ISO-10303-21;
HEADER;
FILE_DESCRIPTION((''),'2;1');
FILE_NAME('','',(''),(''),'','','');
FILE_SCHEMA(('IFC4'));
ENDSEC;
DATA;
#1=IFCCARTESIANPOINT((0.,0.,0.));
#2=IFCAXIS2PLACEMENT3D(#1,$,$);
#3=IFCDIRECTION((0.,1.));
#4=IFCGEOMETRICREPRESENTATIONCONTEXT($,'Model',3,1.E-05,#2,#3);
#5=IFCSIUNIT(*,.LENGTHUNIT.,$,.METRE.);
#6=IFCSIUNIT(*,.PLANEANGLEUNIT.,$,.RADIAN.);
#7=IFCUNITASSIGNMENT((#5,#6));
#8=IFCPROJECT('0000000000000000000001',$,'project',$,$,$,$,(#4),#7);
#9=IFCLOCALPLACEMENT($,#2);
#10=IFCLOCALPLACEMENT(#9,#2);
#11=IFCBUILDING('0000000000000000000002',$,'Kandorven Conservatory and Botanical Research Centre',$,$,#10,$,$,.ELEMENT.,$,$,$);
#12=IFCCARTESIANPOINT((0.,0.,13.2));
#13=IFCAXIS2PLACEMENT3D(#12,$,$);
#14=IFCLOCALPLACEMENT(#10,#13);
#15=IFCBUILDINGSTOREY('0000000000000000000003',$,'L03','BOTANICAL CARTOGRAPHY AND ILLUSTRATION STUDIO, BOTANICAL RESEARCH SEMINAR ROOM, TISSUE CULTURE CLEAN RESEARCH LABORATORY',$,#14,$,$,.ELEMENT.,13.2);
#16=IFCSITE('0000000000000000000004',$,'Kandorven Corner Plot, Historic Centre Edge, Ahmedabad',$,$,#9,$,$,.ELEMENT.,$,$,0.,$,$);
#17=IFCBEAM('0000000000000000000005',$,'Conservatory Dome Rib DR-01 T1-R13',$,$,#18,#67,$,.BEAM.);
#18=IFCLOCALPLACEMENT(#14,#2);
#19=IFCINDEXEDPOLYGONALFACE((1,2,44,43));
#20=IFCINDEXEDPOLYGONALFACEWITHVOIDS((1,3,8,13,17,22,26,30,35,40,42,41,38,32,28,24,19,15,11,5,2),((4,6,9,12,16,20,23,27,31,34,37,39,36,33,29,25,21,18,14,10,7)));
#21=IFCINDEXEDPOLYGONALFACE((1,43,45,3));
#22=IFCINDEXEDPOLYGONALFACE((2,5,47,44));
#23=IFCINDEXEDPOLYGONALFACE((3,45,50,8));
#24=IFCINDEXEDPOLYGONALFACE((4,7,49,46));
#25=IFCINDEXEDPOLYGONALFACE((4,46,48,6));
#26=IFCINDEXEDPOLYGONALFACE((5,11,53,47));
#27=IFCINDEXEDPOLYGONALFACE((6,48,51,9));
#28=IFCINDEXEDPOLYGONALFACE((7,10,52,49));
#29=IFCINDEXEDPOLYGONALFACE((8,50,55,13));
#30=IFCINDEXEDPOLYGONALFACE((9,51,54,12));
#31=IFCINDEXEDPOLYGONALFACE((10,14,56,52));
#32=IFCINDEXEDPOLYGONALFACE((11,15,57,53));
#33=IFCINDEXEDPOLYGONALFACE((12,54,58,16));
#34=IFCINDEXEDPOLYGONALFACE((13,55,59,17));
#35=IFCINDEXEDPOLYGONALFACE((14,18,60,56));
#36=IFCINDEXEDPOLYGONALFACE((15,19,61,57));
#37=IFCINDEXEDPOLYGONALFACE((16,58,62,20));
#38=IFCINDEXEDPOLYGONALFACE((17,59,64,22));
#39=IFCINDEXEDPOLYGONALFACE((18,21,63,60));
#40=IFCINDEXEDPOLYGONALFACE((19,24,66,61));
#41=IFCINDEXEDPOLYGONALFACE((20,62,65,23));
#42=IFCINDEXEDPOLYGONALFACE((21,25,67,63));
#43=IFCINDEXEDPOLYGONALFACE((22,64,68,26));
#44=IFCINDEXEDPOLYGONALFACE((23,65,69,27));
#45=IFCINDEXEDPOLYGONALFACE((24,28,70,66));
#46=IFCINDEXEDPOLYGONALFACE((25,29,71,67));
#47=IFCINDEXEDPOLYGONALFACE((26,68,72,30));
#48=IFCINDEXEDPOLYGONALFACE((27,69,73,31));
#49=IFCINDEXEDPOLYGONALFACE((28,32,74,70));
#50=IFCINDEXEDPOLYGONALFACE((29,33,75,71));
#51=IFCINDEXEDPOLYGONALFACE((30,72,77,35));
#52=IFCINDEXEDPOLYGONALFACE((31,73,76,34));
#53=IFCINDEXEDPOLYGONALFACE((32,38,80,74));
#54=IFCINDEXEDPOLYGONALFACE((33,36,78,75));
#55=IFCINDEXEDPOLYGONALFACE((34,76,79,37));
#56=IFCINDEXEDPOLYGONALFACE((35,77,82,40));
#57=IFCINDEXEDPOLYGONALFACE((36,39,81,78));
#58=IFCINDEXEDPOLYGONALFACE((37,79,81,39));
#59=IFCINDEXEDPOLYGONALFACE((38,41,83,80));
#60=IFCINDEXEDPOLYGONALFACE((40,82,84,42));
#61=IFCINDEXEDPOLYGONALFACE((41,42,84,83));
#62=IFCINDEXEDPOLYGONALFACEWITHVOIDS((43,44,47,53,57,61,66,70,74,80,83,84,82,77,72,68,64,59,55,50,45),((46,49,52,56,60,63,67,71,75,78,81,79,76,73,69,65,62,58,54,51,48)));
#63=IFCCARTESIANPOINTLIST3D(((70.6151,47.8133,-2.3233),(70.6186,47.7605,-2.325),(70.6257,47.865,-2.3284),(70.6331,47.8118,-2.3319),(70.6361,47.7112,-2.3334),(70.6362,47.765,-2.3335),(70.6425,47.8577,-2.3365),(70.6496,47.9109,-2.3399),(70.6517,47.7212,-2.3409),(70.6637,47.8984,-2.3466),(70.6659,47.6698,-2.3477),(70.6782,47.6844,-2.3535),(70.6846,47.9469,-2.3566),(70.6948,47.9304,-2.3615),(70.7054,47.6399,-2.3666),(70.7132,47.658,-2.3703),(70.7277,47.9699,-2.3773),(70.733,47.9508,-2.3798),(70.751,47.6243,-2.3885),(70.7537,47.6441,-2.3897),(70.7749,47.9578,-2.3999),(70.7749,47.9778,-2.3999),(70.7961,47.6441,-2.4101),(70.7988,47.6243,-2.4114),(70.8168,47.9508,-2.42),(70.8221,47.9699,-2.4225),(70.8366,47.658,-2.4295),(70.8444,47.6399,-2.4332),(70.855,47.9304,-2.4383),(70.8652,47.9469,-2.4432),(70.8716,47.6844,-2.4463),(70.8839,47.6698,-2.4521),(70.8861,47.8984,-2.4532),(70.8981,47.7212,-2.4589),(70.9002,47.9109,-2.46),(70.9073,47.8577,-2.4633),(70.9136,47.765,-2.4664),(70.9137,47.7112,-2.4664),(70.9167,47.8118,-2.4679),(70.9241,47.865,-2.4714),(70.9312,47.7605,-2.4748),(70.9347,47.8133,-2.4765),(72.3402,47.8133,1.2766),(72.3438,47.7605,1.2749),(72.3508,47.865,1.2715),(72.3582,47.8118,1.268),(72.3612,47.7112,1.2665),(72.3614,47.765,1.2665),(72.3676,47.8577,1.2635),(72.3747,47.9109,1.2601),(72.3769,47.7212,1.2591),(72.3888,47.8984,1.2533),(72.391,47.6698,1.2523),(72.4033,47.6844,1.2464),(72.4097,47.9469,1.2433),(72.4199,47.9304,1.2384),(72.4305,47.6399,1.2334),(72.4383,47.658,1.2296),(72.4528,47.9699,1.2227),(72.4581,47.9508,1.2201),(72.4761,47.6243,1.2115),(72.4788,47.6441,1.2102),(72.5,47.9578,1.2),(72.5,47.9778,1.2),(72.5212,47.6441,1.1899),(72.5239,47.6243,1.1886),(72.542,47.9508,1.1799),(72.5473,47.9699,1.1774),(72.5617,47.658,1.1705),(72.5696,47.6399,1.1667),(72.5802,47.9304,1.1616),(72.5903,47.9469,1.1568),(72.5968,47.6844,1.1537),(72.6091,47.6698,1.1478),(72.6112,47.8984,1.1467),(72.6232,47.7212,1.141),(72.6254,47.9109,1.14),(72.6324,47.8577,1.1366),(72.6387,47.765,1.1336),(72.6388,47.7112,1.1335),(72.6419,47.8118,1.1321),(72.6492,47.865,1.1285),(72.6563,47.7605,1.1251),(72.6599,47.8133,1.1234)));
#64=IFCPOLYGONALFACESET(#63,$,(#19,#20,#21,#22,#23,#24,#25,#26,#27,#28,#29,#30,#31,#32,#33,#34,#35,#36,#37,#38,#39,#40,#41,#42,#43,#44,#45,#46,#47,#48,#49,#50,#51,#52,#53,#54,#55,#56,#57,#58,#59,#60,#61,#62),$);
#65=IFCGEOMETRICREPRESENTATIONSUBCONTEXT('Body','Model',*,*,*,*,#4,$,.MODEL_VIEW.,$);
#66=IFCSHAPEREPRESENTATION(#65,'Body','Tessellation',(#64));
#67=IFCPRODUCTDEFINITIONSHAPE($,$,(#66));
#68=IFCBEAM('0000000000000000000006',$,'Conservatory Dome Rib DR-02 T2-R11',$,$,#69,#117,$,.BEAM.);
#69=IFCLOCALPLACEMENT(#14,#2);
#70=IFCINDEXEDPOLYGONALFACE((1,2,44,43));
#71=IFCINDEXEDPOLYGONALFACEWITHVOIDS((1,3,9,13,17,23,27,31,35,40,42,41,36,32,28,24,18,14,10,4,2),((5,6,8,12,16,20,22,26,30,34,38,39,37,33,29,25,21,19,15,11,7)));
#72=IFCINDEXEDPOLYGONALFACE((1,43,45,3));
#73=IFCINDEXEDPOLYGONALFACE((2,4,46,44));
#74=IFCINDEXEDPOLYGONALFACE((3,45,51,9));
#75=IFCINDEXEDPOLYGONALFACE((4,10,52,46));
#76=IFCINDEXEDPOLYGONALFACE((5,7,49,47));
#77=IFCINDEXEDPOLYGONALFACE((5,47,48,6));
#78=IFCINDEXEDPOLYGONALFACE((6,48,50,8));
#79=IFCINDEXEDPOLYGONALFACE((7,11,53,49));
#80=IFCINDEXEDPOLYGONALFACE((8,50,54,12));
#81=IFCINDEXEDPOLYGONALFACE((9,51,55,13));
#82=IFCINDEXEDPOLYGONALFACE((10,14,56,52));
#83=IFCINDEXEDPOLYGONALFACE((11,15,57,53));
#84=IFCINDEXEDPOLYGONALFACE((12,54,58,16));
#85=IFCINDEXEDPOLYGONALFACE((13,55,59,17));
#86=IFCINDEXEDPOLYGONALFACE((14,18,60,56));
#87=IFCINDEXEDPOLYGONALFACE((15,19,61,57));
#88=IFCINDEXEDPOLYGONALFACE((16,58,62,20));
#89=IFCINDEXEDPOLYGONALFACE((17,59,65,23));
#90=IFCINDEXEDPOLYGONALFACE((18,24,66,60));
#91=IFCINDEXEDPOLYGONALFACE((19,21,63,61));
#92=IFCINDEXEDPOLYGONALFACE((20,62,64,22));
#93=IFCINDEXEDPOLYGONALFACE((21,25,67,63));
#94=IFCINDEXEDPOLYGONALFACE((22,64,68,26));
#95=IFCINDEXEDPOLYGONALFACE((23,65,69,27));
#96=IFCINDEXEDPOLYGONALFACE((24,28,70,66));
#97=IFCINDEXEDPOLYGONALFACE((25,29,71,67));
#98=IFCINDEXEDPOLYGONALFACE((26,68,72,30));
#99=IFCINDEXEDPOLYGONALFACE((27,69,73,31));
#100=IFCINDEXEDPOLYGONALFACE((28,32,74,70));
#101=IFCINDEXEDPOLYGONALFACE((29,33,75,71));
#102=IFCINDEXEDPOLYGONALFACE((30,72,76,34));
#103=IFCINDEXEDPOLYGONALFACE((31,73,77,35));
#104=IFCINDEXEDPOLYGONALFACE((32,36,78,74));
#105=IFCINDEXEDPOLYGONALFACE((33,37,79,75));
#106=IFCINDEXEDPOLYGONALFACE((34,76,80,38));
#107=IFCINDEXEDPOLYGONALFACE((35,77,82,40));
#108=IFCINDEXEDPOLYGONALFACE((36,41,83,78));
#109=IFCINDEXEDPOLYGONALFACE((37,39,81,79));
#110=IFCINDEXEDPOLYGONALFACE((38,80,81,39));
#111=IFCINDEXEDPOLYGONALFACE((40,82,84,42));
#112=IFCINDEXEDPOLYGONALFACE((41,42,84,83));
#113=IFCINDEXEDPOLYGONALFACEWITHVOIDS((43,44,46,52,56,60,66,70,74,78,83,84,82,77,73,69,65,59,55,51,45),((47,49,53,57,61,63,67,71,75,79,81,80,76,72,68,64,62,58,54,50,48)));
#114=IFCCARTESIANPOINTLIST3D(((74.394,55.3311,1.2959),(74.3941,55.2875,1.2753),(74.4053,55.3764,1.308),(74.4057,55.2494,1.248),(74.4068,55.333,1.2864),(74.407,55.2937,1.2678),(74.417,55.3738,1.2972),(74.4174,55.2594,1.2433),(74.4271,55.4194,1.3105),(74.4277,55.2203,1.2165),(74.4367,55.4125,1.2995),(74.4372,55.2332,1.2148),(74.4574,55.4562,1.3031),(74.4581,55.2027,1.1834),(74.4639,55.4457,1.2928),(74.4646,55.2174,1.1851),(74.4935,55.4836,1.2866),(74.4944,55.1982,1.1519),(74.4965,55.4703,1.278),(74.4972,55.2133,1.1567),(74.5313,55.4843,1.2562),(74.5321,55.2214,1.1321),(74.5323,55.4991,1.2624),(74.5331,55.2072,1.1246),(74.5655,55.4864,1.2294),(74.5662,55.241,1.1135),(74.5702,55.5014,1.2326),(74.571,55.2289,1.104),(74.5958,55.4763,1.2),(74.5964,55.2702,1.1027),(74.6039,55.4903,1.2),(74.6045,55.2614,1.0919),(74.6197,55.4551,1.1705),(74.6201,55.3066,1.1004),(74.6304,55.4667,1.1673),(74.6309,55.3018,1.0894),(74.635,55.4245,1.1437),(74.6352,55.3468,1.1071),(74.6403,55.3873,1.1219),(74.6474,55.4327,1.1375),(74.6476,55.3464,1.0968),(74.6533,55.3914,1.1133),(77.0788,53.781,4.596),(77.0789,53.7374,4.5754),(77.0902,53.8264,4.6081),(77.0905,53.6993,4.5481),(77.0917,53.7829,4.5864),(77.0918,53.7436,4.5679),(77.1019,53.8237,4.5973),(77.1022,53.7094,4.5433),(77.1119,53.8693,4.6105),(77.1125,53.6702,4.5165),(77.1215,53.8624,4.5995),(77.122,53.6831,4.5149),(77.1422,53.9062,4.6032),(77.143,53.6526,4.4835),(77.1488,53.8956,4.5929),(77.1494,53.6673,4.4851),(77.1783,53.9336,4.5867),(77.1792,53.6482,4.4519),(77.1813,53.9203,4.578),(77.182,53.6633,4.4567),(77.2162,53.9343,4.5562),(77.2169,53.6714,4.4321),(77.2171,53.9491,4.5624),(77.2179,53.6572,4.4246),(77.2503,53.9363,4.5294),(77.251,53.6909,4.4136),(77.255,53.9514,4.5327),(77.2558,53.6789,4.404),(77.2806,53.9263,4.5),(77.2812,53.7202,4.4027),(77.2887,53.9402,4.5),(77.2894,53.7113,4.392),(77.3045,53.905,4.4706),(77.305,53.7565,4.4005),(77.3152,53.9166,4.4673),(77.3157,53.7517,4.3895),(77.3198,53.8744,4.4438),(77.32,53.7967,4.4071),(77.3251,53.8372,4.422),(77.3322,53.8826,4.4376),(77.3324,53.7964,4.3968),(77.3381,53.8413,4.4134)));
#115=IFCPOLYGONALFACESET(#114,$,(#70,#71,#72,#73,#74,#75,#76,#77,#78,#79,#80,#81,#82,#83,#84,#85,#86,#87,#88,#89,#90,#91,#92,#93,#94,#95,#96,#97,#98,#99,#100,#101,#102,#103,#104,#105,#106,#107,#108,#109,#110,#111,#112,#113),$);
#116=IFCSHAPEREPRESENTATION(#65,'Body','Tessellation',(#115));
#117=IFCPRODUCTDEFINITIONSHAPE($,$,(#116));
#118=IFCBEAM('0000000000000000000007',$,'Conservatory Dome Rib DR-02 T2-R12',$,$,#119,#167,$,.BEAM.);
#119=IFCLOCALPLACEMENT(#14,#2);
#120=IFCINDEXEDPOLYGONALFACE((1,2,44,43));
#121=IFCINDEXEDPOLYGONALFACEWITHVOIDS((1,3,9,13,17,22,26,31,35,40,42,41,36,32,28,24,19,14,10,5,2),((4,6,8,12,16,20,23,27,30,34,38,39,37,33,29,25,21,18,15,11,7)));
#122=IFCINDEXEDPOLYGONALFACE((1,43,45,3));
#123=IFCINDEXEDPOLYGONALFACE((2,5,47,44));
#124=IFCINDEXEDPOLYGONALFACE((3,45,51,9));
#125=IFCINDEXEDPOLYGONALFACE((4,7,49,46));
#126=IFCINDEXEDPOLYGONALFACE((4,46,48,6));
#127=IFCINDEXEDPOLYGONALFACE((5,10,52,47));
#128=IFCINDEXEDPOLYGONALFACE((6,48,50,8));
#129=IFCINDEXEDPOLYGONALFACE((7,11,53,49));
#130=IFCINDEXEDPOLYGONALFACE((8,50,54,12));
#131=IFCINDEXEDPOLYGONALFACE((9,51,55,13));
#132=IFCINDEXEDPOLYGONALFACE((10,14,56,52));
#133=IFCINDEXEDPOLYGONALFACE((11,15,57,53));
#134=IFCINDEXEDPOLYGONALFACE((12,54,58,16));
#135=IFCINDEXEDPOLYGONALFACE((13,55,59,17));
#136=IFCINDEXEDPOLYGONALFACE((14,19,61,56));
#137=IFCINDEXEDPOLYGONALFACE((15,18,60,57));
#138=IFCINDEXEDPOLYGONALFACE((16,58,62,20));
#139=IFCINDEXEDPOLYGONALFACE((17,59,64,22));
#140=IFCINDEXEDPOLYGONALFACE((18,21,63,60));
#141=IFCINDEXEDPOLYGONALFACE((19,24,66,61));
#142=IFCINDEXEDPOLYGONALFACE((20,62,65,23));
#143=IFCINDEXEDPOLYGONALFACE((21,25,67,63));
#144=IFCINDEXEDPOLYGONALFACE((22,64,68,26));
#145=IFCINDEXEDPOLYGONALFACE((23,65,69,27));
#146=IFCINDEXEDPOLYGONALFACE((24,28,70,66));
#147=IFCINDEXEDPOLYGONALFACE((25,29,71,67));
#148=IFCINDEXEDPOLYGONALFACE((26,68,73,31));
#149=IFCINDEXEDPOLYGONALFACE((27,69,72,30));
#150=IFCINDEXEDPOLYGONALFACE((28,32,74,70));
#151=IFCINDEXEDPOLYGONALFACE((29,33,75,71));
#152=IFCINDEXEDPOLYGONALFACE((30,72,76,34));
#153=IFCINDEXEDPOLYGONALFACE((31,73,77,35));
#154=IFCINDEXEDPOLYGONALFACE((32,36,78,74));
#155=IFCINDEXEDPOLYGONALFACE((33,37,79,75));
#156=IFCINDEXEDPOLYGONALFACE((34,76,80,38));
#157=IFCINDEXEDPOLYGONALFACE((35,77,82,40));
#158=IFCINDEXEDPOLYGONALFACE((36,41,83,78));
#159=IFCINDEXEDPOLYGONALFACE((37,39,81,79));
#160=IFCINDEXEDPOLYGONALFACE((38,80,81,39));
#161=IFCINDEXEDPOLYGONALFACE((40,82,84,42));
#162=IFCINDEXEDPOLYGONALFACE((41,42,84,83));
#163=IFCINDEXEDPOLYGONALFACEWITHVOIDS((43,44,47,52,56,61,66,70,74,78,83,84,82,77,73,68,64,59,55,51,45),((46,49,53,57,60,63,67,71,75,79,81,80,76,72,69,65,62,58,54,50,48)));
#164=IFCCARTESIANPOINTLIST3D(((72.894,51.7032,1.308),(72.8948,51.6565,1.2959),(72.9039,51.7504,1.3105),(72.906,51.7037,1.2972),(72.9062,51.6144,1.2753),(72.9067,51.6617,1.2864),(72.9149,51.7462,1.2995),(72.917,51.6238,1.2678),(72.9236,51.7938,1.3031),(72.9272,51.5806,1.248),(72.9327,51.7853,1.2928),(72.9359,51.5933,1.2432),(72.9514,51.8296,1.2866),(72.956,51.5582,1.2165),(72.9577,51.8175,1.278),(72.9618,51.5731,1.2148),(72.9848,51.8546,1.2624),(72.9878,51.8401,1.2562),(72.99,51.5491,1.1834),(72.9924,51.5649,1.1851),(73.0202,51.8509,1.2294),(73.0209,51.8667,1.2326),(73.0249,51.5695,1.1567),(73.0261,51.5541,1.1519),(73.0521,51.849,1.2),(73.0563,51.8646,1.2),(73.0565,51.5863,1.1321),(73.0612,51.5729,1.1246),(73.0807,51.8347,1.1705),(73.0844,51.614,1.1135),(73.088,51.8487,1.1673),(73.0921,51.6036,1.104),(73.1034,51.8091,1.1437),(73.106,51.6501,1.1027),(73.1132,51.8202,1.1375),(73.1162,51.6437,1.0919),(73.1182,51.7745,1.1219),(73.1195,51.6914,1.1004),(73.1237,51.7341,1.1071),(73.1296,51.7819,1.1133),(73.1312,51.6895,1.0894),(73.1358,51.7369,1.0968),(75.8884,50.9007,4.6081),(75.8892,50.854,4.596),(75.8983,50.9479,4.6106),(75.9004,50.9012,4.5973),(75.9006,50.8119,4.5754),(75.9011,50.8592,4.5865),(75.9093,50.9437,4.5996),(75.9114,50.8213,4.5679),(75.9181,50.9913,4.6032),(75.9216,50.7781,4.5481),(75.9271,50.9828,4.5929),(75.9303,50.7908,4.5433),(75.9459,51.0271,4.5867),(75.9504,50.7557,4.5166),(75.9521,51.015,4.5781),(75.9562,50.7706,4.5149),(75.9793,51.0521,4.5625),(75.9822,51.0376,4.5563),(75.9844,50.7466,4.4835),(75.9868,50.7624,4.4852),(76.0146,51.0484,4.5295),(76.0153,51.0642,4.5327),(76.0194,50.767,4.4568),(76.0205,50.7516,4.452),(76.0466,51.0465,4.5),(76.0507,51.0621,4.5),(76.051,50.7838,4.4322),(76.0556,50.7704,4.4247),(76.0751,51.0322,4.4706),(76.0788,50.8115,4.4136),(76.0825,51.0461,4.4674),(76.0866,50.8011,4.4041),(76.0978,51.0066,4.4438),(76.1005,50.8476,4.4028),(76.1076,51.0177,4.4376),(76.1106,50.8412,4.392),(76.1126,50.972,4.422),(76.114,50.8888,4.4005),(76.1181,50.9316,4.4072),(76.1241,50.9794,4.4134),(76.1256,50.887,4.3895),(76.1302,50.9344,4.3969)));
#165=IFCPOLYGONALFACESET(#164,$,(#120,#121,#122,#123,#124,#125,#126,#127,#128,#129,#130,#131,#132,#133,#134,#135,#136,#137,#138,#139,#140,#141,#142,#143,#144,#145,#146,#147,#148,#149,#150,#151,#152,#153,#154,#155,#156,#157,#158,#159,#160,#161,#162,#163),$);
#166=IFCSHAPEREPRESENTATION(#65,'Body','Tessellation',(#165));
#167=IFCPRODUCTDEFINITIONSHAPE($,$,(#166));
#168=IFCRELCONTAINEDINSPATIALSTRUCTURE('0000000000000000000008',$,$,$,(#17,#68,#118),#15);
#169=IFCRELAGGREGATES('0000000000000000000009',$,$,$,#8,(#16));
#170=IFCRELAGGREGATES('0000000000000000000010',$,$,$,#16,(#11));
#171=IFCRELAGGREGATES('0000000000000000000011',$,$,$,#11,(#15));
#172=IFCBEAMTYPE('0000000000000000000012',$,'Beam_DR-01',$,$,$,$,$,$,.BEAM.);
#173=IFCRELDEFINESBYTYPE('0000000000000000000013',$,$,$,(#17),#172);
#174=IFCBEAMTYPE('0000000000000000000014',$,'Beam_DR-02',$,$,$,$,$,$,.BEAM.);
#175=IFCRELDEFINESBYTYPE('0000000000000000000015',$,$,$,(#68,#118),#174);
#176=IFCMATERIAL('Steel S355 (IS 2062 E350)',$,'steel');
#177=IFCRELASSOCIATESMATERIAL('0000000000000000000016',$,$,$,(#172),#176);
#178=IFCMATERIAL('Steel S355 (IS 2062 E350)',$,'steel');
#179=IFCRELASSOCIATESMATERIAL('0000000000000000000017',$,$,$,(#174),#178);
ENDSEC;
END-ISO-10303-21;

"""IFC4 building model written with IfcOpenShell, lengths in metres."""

from ifc_helpers import new_model, si_unit, direction, frame, origin, origin_2d, place, context, subcontext, project, spatial, hollow_circle, extrude, material, material_profile, profile_set, type_object, element, save


model = new_model("IFC4")

# Units and contexts
model_context = context("Model", 3, precision=1e-05, world=origin(), true_north=direction((0.0, 1.0)))
body_context = subcontext(model_context, "Body", "Model", "MODEL_VIEW")
ifc_project = project(units=[si_unit("LENGTHUNIT", "METRE"), si_unit("PLANEANGLEUNIT", "RADIAN")], contexts=[model_context])

# Site, building, storey
site_placement = place(None, origin())
site = spatial("IfcSite", under=ifc_project, at=site_placement, Name="Kandorven Corner Plot, Historic Centre Edge, Ahmedabad", CompositionType="ELEMENT", RefElevation=0.0)
building_placement = place(site_placement, origin())
building = spatial("IfcBuilding", under=site, at=building_placement, Name="Kandorven Conservatory and Botanical Research Centre", CompositionType="ELEMENT")
storey_placement = place(building_placement, frame((0.0, 0.0, 13.2)))
storey = spatial("IfcBuildingStorey", under=building, at=storey_placement, Name="L03", Description="BOTANICAL CARTOGRAPHY AND ILLUSTRATION STUDIO, BOTANICAL RESEARCH SEMINAR ROOM, TISSUE CULTURE CLEAN RESEARCH LABORATORY", CompositionType="ELEMENT", Elevation=13.2)

# Beams
ifc_material_1 = material(Name="Steel S355 (IS 2062 E350)", Category="steel")
ifc_material_profile_1 = material_profile(ifc_material_1, hollow_circle(Radius=0.1777, WallThickness=0.02, at=origin_2d()))
ifc_profile_set_1 = profile_set([ifc_material_profile_1], Name="Steel S355 (IS 2062 E350)")
beam_type_1 = type_object("IfcBeamType", Name="Beam_DR-01", PredefinedType="BEAM", material=ifc_profile_set_1)
beam_placement = place(storey_placement, frame((70.7749, 47.8, -2.3999), z_axis=(0.432154, 0.0, 0.9018), x_axis=(0.0, 1.0, 0.0)))
element("IfcBeam", 1, at=beam_placement, inside=storey, type_object=beam_type_1, Name="Conservatory Dome Rib DR-01 T1-R13", PredefinedType="BEAM", context=body_context, shape_type="SweptSolid", body=[
    extrude(hollow_circle(Radius=0.1777, WallThickness=0.02, at=origin_2d()), origin(), (0.0, 0.0, 1.0), 3.9919),
])
ifc_material_2 = material(Name="Steel S355 (IS 2062 E350)", Category="steel")
ifc_material_profile_2 = material_profile(ifc_material_2, hollow_circle(Radius=0.1619, WallThickness=0.0161, at=origin_2d()))
ifc_profile_set_2 = profile_set([ifc_material_profile_2], Name="Steel S355 (IS 2062 E350)")
beam_type_2 = type_object("IfcBeamType", Name="Beam_DR-02", PredefinedType="BEAM", material=ifc_profile_set_2)
for number, where, z_axis, x_axis, name in (
    (2, (74.5229, 55.3501, 1.2), (0.592959, -0.342338, 0.728837), (0.499993, 0.86603, 0.0), "Conservatory Dome Rib DR-02 T2-R11"),
    (3, (73.0144, 51.7083, 1.2), (0.661338, -0.177238, 0.728847), (0.258863, 0.965914, 0.0), "Conservatory Dome Rib DR-02 T2-R12"),
):
    element("IfcBeam", number, at=place(storey_placement, frame(where, z_axis=z_axis, x_axis=x_axis)), inside=storey, type_object=beam_type_2, Name=name, PredefinedType="BEAM", context=body_context, shape_type="SweptSolid", body=[
        extrude(hollow_circle(Radius=0.1619, WallThickness=0.0161, at=origin_2d()), origin(), (0.0, 0.0, 1.0), 4.5278),
    ])

save(model, "model.ifc")
